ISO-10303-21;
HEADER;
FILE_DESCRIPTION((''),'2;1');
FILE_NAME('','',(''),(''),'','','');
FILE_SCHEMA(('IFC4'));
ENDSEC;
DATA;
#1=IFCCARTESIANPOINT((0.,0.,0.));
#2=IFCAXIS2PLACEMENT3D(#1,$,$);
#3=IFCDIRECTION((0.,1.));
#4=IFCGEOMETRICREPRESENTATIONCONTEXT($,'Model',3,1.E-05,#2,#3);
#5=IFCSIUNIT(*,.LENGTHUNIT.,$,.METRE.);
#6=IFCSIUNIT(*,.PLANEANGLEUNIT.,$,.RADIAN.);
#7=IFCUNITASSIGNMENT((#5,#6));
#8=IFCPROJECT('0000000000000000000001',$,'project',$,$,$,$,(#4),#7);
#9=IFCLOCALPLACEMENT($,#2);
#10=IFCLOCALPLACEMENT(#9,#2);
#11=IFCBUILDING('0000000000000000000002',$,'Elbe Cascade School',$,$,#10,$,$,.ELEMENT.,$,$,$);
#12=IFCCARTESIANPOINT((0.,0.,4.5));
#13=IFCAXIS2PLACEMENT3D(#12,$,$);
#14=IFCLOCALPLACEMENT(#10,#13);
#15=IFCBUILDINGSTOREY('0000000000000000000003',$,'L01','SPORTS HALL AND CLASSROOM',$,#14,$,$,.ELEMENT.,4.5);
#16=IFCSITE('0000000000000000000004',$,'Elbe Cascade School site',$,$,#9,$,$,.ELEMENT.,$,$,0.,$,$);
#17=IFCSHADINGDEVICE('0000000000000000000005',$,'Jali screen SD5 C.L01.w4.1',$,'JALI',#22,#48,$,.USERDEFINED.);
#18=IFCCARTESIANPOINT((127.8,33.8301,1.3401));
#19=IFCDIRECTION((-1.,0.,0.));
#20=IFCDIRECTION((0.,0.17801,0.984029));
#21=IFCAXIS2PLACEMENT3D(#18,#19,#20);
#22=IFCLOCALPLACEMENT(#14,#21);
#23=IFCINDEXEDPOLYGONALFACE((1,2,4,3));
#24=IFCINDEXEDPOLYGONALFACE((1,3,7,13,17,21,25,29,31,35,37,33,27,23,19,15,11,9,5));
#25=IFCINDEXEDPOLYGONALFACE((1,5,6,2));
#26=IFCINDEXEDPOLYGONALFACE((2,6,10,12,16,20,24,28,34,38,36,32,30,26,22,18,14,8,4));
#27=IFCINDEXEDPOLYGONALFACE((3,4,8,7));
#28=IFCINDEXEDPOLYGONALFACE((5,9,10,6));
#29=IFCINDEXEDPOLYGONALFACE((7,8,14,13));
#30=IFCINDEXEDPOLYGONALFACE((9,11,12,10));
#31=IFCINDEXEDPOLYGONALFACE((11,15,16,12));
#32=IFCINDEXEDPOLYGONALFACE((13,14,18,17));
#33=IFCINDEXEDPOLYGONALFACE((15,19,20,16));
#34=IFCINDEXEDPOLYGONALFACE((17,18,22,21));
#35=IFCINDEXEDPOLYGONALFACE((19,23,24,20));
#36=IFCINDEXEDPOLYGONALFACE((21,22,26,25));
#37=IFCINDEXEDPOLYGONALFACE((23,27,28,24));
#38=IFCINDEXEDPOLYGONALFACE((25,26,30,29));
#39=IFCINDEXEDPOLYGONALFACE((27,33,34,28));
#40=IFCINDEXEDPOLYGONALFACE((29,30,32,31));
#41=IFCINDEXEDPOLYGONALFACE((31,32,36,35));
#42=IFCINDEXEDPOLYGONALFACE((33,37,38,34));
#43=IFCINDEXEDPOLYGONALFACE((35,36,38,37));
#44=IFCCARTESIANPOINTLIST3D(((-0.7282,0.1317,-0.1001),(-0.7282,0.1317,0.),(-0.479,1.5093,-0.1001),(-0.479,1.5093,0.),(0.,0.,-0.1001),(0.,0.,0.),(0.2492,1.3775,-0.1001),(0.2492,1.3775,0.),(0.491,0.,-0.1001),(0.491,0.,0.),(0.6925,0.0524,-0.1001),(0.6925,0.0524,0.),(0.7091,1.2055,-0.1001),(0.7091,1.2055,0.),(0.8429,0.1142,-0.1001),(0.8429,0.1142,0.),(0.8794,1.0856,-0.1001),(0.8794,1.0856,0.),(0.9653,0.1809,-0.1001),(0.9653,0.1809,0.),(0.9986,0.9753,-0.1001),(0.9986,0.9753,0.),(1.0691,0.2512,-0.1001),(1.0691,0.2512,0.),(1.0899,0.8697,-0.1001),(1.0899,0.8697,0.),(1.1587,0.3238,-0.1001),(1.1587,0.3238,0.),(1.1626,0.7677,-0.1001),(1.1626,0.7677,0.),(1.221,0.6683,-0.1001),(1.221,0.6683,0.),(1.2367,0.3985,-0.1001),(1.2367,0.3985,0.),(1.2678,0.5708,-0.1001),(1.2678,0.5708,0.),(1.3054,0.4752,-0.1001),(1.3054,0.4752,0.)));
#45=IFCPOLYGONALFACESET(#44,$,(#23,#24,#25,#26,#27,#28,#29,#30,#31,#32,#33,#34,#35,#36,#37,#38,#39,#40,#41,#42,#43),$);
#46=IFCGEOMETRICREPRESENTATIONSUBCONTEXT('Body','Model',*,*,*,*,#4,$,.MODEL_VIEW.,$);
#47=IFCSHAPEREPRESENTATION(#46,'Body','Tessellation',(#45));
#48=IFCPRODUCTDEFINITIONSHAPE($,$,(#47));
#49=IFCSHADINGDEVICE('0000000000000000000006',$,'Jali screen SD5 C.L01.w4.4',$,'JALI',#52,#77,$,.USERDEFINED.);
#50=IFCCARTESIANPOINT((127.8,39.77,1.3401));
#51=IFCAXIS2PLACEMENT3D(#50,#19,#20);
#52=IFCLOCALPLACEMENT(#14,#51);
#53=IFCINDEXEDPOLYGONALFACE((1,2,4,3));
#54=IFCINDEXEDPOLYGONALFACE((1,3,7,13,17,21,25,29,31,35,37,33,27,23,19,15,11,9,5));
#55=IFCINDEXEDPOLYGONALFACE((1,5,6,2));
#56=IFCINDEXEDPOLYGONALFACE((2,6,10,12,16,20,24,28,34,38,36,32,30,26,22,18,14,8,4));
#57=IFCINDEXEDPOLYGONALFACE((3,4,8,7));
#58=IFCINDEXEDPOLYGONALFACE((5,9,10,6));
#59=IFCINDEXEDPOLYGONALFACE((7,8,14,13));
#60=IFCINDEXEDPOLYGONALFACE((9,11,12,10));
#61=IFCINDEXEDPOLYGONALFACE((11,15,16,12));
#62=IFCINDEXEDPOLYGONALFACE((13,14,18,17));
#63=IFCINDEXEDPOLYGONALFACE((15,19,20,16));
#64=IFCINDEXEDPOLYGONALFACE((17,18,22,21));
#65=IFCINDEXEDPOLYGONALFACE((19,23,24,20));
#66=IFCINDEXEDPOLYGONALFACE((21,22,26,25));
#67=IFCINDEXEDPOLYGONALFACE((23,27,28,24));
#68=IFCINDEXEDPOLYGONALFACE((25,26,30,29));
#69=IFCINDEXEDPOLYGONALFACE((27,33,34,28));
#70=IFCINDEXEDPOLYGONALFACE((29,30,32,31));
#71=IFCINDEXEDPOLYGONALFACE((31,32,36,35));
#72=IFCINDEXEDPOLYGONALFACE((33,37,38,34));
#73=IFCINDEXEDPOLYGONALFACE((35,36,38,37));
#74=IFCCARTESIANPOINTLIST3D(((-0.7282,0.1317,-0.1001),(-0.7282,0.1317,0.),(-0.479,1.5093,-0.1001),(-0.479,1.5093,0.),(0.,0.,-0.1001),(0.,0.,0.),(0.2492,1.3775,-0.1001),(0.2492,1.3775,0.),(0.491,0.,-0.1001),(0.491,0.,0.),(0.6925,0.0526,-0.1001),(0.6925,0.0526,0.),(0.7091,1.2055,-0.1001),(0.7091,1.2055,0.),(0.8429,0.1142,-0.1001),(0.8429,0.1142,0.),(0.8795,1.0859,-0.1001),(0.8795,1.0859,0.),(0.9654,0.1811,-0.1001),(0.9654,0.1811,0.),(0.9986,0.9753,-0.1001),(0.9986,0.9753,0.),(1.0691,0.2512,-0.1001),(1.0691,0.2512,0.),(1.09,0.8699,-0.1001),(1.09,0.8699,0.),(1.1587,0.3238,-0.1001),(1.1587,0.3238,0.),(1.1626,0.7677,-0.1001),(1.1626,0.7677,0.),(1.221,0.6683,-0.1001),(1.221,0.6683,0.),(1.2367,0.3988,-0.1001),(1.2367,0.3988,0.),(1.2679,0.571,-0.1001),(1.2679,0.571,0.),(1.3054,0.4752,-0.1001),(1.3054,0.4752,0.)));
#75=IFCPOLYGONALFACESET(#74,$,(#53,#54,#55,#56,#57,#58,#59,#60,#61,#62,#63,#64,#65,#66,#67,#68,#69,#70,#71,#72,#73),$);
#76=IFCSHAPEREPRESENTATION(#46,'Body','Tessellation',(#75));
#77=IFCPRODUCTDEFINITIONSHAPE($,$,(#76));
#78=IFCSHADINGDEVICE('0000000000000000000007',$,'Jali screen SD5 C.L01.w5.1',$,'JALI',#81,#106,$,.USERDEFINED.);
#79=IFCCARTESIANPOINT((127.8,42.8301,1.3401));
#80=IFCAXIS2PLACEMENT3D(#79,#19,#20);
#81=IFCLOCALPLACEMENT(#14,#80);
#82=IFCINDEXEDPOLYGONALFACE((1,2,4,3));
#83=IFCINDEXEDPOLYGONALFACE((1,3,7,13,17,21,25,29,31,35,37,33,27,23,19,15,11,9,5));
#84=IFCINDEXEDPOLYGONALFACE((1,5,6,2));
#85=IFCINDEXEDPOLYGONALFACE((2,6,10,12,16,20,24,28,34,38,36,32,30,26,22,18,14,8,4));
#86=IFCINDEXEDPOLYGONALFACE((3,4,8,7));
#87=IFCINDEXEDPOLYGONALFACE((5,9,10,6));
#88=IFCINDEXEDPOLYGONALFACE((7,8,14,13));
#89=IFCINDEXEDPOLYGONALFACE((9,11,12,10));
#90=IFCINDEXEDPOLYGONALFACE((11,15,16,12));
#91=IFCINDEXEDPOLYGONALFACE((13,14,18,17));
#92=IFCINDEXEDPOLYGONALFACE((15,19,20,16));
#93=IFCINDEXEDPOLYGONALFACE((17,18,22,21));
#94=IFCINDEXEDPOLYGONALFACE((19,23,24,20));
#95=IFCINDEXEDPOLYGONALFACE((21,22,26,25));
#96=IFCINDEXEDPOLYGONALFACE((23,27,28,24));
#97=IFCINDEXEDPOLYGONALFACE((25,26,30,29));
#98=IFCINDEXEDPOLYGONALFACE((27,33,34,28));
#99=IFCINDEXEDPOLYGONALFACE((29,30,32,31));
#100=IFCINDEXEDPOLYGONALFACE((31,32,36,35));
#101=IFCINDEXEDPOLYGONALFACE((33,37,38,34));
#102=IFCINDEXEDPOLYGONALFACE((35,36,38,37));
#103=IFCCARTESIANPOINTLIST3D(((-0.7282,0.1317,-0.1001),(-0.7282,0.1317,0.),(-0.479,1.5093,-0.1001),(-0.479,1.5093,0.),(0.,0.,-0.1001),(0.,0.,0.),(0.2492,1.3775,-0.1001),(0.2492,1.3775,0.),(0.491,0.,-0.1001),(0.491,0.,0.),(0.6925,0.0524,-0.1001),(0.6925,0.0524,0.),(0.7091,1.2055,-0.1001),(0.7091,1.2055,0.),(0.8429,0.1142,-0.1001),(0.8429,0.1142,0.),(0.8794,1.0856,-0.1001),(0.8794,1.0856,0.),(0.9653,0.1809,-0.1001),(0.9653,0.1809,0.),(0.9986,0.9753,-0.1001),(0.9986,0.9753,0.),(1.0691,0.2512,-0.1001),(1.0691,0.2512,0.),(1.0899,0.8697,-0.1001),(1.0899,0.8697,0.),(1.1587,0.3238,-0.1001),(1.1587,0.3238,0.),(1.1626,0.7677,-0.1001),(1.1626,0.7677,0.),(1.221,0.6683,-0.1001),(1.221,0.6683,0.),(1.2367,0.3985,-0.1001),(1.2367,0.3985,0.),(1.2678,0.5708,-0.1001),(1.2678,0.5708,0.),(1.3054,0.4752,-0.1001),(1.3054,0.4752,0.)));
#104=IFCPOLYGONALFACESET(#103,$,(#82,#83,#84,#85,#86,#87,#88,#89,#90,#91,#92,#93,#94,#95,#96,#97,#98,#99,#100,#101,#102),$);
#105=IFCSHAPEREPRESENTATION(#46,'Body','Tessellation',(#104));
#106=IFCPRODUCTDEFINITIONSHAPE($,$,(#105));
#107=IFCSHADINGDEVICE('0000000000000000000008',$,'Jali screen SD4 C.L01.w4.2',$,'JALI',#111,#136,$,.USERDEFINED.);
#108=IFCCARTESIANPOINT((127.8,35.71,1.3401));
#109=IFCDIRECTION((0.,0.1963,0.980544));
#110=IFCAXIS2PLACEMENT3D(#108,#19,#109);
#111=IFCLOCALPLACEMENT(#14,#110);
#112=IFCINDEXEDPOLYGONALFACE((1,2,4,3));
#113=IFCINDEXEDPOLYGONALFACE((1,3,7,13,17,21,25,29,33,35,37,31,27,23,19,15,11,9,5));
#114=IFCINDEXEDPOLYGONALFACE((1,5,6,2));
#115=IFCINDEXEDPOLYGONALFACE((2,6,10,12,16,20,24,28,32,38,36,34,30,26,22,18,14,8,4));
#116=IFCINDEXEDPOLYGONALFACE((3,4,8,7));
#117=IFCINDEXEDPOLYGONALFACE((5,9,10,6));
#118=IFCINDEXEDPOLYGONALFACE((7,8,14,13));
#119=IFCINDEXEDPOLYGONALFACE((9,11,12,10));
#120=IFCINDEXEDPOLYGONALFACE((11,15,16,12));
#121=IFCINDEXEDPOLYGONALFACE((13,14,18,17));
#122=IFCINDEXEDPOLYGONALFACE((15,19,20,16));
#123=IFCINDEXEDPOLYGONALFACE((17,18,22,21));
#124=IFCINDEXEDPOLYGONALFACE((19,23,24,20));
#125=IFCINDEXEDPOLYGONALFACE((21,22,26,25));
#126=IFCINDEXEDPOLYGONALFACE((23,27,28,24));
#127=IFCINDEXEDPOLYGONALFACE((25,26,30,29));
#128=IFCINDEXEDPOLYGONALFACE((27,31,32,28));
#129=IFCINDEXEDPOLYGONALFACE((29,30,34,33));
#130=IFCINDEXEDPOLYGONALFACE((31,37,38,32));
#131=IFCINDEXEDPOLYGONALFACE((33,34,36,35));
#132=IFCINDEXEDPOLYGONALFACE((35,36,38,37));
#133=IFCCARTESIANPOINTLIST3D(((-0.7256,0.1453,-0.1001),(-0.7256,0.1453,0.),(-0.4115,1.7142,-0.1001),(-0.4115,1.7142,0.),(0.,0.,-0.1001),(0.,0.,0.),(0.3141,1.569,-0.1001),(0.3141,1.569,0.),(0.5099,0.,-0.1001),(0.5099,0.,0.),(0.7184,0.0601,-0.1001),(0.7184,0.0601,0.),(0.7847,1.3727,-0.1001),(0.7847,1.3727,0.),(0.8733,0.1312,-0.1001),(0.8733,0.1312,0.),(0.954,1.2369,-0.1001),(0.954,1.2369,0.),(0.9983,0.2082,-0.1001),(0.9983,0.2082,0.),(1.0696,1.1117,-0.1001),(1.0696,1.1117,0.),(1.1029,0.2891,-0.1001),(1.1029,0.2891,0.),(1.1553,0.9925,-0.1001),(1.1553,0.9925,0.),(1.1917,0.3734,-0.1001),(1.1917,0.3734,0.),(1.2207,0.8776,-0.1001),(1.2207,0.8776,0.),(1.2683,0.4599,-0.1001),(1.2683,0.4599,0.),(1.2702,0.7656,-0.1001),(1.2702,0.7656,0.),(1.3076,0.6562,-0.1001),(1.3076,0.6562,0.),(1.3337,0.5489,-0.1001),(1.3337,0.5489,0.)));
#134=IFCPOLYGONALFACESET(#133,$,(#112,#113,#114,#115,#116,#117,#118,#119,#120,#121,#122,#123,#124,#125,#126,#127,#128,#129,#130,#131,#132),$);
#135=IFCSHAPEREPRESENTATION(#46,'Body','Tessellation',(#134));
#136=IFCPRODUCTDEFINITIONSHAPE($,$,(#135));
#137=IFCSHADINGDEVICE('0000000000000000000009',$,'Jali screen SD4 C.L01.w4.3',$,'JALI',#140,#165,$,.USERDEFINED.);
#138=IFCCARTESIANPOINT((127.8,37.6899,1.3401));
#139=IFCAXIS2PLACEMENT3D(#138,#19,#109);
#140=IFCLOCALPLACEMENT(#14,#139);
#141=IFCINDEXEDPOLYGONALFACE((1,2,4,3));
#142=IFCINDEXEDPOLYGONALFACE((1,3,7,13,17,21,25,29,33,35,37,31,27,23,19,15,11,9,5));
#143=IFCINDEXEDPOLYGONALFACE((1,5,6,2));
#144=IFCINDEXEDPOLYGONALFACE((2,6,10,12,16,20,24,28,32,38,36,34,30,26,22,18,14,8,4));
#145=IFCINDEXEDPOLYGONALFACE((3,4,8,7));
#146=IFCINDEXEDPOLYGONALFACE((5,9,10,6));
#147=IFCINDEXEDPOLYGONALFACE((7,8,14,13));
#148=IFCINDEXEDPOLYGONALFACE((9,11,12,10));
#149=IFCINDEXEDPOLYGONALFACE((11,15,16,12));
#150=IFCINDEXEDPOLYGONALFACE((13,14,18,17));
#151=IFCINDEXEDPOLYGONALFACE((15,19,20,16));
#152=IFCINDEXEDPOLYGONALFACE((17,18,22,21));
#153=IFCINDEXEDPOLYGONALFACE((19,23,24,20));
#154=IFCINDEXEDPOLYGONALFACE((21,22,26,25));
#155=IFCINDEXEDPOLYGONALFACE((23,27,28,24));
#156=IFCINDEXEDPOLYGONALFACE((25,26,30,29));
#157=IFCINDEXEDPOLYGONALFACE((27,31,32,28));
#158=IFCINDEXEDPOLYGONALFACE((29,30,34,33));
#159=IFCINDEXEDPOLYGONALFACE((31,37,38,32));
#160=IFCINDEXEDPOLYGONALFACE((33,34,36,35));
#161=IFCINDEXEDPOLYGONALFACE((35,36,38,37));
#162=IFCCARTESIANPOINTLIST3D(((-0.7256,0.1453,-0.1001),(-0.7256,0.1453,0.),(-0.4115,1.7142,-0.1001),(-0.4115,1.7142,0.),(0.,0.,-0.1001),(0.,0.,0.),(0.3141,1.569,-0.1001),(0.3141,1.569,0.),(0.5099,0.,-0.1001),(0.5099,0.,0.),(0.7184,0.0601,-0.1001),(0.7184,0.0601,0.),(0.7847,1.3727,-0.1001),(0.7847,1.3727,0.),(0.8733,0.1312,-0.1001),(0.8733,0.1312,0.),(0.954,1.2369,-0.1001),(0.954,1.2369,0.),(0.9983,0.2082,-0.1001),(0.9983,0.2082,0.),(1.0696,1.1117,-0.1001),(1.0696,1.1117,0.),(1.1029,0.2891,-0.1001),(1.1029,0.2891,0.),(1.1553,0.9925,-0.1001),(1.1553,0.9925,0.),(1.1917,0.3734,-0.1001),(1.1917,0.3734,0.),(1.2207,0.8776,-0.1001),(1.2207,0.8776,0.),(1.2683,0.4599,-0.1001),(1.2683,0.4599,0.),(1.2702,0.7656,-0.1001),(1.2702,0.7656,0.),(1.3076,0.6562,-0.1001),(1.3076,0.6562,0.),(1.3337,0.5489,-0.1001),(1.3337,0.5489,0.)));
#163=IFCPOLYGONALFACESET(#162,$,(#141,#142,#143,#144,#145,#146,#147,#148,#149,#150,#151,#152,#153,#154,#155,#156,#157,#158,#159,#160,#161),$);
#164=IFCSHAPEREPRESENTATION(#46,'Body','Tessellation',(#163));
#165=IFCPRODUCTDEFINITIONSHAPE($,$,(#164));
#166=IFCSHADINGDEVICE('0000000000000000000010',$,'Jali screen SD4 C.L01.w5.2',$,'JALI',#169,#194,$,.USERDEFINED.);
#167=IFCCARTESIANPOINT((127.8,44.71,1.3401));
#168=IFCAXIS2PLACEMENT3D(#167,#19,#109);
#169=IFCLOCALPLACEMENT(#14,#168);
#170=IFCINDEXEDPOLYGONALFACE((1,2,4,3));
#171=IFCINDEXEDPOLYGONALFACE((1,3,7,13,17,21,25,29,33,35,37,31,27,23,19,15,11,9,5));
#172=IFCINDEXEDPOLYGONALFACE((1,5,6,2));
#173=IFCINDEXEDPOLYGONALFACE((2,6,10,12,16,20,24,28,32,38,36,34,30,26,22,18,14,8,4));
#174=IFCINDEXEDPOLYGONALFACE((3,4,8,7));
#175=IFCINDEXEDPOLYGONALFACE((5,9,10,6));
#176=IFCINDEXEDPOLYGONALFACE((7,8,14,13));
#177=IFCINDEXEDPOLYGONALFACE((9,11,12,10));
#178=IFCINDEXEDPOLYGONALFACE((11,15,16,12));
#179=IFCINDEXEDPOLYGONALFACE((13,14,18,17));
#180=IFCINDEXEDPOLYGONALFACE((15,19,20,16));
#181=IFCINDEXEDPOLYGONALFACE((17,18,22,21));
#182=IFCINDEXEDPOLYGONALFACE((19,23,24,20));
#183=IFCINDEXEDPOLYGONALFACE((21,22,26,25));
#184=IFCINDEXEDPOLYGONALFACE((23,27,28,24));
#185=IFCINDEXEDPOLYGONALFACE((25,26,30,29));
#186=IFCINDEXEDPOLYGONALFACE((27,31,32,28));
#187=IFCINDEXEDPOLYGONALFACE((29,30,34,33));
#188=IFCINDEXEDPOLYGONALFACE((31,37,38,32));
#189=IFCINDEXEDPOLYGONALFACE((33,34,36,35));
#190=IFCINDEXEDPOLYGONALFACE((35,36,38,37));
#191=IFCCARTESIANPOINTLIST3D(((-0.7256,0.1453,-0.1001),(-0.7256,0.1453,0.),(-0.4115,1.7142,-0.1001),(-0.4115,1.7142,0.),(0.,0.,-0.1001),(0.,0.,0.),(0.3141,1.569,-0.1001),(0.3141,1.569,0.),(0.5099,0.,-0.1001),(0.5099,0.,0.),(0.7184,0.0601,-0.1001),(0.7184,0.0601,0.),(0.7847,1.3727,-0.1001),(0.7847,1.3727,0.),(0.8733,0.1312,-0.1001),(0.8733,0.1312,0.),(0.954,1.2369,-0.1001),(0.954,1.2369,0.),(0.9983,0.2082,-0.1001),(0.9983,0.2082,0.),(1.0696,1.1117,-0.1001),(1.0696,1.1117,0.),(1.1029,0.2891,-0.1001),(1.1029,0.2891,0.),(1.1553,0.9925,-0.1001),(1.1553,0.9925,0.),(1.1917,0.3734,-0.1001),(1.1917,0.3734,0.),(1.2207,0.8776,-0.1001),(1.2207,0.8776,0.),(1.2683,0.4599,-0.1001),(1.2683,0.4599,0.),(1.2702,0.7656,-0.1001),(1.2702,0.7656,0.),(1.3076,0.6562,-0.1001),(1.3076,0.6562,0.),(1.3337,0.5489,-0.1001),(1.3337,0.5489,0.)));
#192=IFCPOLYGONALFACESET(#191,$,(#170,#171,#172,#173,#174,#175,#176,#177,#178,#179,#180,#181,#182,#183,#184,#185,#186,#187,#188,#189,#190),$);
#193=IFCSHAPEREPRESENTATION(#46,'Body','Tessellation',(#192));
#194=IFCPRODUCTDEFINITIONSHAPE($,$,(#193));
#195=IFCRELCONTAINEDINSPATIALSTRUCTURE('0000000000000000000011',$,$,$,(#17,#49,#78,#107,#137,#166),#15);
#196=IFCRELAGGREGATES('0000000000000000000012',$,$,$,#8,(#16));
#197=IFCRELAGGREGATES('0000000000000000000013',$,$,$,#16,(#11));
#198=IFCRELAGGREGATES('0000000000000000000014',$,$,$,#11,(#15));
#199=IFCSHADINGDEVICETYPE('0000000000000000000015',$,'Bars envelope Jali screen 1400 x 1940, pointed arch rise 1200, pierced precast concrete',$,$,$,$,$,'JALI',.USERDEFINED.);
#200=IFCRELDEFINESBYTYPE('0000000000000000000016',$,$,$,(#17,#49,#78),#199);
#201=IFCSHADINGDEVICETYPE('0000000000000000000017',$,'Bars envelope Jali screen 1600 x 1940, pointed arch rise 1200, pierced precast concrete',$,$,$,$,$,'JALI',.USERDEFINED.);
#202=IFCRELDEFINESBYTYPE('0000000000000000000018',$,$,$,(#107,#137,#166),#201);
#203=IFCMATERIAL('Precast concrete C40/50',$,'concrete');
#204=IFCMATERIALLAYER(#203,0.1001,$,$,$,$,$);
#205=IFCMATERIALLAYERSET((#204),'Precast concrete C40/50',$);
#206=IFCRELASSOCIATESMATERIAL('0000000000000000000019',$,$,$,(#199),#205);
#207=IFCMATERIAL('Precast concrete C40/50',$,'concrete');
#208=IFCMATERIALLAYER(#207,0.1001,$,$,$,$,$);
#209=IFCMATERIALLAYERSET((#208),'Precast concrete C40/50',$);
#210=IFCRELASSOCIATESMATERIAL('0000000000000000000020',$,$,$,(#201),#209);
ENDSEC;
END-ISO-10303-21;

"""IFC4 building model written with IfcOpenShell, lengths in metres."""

from ifc_helpers import new_model, si_unit, direction, frame, origin, place, context, subcontext, project, spatial, polyline, outline, extrude, material, layer, layer_set, type_object, element, save


model = new_model("IFC4")

# Units and contexts
model_context = context("Model", 3, precision=1e-05, world=origin(), true_north=direction((0.0, 1.0)))
body_context = subcontext(model_context, "Body", "Model", "MODEL_VIEW")
ifc_project = project(units=[si_unit("LENGTHUNIT", "METRE"), si_unit("PLANEANGLEUNIT", "RADIAN")], contexts=[model_context])

# Site, building, storey
site_placement = place(None, origin())
site = spatial("IfcSite", under=ifc_project, at=site_placement, Name="Elbe Cascade School site", CompositionType="ELEMENT", RefElevation=0.0)
building_placement = place(site_placement, origin())
building = spatial("IfcBuilding", under=site, at=building_placement, Name="Elbe Cascade School", CompositionType="ELEMENT")
storey_placement = place(building_placement, frame((0.0, 0.0, 4.5)))
storey = spatial("IfcBuildingStorey", under=building, at=storey_placement, Name="L01", Description="SPORTS HALL AND CLASSROOM", CompositionType="ELEMENT", Elevation=4.5)

# Shading devices
ifc_material_1 = material(Name="Precast concrete C40/50", Category="concrete")
ifc_layer_1 = layer(ifc_material_1, 0.1001)
ifc_layer_set_1 = layer_set([ifc_layer_1], Name="Precast concrete C40/50")
shading_device_type_1 = type_object("IfcShadingDeviceType", Name="Bars envelope Jali screen 1400 x 1940, pointed arch rise 1200, pierced precast concrete", ElementType="JALI", PredefinedType="USERDEFINED", material=ifc_layer_set_1)
shading_device_1_placement = place(storey_placement, frame((127.8, 33.8301, 1.3401), z_axis=(-1.0, 0.0, 0.0), x_axis=(0.0, 0.17801, 0.984029)))
element("IfcShadingDevice", 1, at=shading_device_1_placement, inside=storey, type_object=shading_device_type_1, Name="Jali screen SD5 C.L01.w4.1", ObjectType="JALI", PredefinedType="USERDEFINED", context=body_context, shape_type="SweptSolid", body=[
    extrude(outline(polyline([(0.0, 0.0), (0.491, 0.0), (0.6925, 0.0524), (0.8429, 0.1142), (0.9653, 0.1809), (1.0691, 0.2512), (1.1587, 0.3238), (1.2367, 0.3985), (1.3054, 0.4752), (1.2678, 0.5708), (1.221, 0.6683), (1.1626, 0.7677), (1.0899, 0.8697), (0.9986, 0.9753), (0.8794, 1.0856), (0.7091, 1.2055), (0.2492, 1.3775), (-0.479, 1.5093), (-0.7282, 0.1317), (0.0, 0.0)])), origin(), (0.0, 0.0, -1.0), 0.1001),
])
shading_device_2_placement = place(storey_placement, frame((127.8, 39.77, 1.3401), z_axis=(-1.0, 0.0, 0.0), x_axis=(0.0, 0.17801, 0.984029)))
element("IfcShadingDevice", 2, at=shading_device_2_placement, inside=storey, type_object=shading_device_type_1, Name="Jali screen SD5 C.L01.w4.4", ObjectType="JALI", PredefinedType="USERDEFINED", context=body_context, shape_type="SweptSolid", body=[
    extrude(outline(polyline([(0.0, 0.0), (0.491, 0.0), (0.6925, 0.0526), (0.8429, 0.1142), (0.9654, 0.1811), (1.0691, 0.2512), (1.1587, 0.3238), (1.2367, 0.3988), (1.3054, 0.4752), (1.2679, 0.571), (1.221, 0.6683), (1.1626, 0.7677), (1.09, 0.8699), (0.9986, 0.9753), (0.8795, 1.0859), (0.7091, 1.2055), (0.2492, 1.3775), (-0.479, 1.5093), (-0.7282, 0.1317), (0.0, 0.0)])), origin(), (0.0, 0.0, -1.0), 0.1001),
])
shading_device_3_placement = place(storey_placement, frame((127.8, 42.8301, 1.3401), z_axis=(-1.0, 0.0, 0.0), x_axis=(0.0, 0.17801, 0.984029)))
element("IfcShadingDevice", 3, at=shading_device_3_placement, inside=storey, type_object=shading_device_type_1, Name="Jali screen SD5 C.L01.w5.1", ObjectType="JALI", PredefinedType="USERDEFINED", context=body_context, shape_type="SweptSolid", body=[
    extrude(outline(polyline([(0.0, 0.0), (0.491, 0.0), (0.6925, 0.0524), (0.8429, 0.1142), (0.9653, 0.1809), (1.0691, 0.2512), (1.1587, 0.3238), (1.2367, 0.3985), (1.3054, 0.4752), (1.2678, 0.5708), (1.221, 0.6683), (1.1626, 0.7677), (1.0899, 0.8697), (0.9986, 0.9753), (0.8794, 1.0856), (0.7091, 1.2055), (0.2492, 1.3775), (-0.479, 1.5093), (-0.7282, 0.1317), (0.0, 0.0)])), origin(), (0.0, 0.0, -1.0), 0.1001),
])
ifc_material_2 = material(Name="Precast concrete C40/50", Category="concrete")
ifc_layer_2 = layer(ifc_material_2, 0.1001)
ifc_layer_set_2 = layer_set([ifc_layer_2], Name="Precast concrete C40/50")
shading_device_type_2 = type_object("IfcShadingDeviceType", Name="Bars envelope Jali screen 1600 x 1940, pointed arch rise 1200, pierced precast concrete", ElementType="JALI", PredefinedType="USERDEFINED", material=ifc_layer_set_2)
for number, where, z_axis, x_axis, name in (
    (4, (127.8, 35.71, 1.3401), (-1.0, 0.0, 0.0), (0.0, 0.1963, 0.980544), "Jali screen SD4 C.L01.w4.2"),
    (5, (127.8, 37.6899, 1.3401), (-1.0, 0.0, 0.0), (0.0, 0.1963, 0.980544), "Jali screen SD4 C.L01.w4.3"),
    (6, (127.8, 44.71, 1.3401), (-1.0, 0.0, 0.0), (0.0, 0.1963, 0.980544), "Jali screen SD4 C.L01.w5.2"),
):
    element("IfcShadingDevice", number, at=place(storey_placement, frame(where, z_axis=z_axis, x_axis=x_axis)), inside=storey, type_object=shading_device_type_2, Name=name, ObjectType="JALI", PredefinedType="USERDEFINED", context=body_context, shape_type="SweptSolid", body=[
        extrude(outline(polyline([(0.0, 0.0), (0.5099, 0.0), (0.7184, 0.0601), (0.8733, 0.1312), (0.9983, 0.2082), (1.1029, 0.2891), (1.1917, 0.3734), (1.2683, 0.4599), (1.3337, 0.5489), (1.3076, 0.6562), (1.2702, 0.7656), (1.2207, 0.8776), (1.1553, 0.9925), (1.0696, 1.1117), (0.954, 1.2369), (0.7847, 1.3727), (0.3141, 1.569), (-0.4115, 1.7142), (-0.7256, 0.1453), (0.0, 0.0)])), origin(), (0.0, 0.0, -1.0), 0.1001),
    ])

save(model, "model.ifc")
